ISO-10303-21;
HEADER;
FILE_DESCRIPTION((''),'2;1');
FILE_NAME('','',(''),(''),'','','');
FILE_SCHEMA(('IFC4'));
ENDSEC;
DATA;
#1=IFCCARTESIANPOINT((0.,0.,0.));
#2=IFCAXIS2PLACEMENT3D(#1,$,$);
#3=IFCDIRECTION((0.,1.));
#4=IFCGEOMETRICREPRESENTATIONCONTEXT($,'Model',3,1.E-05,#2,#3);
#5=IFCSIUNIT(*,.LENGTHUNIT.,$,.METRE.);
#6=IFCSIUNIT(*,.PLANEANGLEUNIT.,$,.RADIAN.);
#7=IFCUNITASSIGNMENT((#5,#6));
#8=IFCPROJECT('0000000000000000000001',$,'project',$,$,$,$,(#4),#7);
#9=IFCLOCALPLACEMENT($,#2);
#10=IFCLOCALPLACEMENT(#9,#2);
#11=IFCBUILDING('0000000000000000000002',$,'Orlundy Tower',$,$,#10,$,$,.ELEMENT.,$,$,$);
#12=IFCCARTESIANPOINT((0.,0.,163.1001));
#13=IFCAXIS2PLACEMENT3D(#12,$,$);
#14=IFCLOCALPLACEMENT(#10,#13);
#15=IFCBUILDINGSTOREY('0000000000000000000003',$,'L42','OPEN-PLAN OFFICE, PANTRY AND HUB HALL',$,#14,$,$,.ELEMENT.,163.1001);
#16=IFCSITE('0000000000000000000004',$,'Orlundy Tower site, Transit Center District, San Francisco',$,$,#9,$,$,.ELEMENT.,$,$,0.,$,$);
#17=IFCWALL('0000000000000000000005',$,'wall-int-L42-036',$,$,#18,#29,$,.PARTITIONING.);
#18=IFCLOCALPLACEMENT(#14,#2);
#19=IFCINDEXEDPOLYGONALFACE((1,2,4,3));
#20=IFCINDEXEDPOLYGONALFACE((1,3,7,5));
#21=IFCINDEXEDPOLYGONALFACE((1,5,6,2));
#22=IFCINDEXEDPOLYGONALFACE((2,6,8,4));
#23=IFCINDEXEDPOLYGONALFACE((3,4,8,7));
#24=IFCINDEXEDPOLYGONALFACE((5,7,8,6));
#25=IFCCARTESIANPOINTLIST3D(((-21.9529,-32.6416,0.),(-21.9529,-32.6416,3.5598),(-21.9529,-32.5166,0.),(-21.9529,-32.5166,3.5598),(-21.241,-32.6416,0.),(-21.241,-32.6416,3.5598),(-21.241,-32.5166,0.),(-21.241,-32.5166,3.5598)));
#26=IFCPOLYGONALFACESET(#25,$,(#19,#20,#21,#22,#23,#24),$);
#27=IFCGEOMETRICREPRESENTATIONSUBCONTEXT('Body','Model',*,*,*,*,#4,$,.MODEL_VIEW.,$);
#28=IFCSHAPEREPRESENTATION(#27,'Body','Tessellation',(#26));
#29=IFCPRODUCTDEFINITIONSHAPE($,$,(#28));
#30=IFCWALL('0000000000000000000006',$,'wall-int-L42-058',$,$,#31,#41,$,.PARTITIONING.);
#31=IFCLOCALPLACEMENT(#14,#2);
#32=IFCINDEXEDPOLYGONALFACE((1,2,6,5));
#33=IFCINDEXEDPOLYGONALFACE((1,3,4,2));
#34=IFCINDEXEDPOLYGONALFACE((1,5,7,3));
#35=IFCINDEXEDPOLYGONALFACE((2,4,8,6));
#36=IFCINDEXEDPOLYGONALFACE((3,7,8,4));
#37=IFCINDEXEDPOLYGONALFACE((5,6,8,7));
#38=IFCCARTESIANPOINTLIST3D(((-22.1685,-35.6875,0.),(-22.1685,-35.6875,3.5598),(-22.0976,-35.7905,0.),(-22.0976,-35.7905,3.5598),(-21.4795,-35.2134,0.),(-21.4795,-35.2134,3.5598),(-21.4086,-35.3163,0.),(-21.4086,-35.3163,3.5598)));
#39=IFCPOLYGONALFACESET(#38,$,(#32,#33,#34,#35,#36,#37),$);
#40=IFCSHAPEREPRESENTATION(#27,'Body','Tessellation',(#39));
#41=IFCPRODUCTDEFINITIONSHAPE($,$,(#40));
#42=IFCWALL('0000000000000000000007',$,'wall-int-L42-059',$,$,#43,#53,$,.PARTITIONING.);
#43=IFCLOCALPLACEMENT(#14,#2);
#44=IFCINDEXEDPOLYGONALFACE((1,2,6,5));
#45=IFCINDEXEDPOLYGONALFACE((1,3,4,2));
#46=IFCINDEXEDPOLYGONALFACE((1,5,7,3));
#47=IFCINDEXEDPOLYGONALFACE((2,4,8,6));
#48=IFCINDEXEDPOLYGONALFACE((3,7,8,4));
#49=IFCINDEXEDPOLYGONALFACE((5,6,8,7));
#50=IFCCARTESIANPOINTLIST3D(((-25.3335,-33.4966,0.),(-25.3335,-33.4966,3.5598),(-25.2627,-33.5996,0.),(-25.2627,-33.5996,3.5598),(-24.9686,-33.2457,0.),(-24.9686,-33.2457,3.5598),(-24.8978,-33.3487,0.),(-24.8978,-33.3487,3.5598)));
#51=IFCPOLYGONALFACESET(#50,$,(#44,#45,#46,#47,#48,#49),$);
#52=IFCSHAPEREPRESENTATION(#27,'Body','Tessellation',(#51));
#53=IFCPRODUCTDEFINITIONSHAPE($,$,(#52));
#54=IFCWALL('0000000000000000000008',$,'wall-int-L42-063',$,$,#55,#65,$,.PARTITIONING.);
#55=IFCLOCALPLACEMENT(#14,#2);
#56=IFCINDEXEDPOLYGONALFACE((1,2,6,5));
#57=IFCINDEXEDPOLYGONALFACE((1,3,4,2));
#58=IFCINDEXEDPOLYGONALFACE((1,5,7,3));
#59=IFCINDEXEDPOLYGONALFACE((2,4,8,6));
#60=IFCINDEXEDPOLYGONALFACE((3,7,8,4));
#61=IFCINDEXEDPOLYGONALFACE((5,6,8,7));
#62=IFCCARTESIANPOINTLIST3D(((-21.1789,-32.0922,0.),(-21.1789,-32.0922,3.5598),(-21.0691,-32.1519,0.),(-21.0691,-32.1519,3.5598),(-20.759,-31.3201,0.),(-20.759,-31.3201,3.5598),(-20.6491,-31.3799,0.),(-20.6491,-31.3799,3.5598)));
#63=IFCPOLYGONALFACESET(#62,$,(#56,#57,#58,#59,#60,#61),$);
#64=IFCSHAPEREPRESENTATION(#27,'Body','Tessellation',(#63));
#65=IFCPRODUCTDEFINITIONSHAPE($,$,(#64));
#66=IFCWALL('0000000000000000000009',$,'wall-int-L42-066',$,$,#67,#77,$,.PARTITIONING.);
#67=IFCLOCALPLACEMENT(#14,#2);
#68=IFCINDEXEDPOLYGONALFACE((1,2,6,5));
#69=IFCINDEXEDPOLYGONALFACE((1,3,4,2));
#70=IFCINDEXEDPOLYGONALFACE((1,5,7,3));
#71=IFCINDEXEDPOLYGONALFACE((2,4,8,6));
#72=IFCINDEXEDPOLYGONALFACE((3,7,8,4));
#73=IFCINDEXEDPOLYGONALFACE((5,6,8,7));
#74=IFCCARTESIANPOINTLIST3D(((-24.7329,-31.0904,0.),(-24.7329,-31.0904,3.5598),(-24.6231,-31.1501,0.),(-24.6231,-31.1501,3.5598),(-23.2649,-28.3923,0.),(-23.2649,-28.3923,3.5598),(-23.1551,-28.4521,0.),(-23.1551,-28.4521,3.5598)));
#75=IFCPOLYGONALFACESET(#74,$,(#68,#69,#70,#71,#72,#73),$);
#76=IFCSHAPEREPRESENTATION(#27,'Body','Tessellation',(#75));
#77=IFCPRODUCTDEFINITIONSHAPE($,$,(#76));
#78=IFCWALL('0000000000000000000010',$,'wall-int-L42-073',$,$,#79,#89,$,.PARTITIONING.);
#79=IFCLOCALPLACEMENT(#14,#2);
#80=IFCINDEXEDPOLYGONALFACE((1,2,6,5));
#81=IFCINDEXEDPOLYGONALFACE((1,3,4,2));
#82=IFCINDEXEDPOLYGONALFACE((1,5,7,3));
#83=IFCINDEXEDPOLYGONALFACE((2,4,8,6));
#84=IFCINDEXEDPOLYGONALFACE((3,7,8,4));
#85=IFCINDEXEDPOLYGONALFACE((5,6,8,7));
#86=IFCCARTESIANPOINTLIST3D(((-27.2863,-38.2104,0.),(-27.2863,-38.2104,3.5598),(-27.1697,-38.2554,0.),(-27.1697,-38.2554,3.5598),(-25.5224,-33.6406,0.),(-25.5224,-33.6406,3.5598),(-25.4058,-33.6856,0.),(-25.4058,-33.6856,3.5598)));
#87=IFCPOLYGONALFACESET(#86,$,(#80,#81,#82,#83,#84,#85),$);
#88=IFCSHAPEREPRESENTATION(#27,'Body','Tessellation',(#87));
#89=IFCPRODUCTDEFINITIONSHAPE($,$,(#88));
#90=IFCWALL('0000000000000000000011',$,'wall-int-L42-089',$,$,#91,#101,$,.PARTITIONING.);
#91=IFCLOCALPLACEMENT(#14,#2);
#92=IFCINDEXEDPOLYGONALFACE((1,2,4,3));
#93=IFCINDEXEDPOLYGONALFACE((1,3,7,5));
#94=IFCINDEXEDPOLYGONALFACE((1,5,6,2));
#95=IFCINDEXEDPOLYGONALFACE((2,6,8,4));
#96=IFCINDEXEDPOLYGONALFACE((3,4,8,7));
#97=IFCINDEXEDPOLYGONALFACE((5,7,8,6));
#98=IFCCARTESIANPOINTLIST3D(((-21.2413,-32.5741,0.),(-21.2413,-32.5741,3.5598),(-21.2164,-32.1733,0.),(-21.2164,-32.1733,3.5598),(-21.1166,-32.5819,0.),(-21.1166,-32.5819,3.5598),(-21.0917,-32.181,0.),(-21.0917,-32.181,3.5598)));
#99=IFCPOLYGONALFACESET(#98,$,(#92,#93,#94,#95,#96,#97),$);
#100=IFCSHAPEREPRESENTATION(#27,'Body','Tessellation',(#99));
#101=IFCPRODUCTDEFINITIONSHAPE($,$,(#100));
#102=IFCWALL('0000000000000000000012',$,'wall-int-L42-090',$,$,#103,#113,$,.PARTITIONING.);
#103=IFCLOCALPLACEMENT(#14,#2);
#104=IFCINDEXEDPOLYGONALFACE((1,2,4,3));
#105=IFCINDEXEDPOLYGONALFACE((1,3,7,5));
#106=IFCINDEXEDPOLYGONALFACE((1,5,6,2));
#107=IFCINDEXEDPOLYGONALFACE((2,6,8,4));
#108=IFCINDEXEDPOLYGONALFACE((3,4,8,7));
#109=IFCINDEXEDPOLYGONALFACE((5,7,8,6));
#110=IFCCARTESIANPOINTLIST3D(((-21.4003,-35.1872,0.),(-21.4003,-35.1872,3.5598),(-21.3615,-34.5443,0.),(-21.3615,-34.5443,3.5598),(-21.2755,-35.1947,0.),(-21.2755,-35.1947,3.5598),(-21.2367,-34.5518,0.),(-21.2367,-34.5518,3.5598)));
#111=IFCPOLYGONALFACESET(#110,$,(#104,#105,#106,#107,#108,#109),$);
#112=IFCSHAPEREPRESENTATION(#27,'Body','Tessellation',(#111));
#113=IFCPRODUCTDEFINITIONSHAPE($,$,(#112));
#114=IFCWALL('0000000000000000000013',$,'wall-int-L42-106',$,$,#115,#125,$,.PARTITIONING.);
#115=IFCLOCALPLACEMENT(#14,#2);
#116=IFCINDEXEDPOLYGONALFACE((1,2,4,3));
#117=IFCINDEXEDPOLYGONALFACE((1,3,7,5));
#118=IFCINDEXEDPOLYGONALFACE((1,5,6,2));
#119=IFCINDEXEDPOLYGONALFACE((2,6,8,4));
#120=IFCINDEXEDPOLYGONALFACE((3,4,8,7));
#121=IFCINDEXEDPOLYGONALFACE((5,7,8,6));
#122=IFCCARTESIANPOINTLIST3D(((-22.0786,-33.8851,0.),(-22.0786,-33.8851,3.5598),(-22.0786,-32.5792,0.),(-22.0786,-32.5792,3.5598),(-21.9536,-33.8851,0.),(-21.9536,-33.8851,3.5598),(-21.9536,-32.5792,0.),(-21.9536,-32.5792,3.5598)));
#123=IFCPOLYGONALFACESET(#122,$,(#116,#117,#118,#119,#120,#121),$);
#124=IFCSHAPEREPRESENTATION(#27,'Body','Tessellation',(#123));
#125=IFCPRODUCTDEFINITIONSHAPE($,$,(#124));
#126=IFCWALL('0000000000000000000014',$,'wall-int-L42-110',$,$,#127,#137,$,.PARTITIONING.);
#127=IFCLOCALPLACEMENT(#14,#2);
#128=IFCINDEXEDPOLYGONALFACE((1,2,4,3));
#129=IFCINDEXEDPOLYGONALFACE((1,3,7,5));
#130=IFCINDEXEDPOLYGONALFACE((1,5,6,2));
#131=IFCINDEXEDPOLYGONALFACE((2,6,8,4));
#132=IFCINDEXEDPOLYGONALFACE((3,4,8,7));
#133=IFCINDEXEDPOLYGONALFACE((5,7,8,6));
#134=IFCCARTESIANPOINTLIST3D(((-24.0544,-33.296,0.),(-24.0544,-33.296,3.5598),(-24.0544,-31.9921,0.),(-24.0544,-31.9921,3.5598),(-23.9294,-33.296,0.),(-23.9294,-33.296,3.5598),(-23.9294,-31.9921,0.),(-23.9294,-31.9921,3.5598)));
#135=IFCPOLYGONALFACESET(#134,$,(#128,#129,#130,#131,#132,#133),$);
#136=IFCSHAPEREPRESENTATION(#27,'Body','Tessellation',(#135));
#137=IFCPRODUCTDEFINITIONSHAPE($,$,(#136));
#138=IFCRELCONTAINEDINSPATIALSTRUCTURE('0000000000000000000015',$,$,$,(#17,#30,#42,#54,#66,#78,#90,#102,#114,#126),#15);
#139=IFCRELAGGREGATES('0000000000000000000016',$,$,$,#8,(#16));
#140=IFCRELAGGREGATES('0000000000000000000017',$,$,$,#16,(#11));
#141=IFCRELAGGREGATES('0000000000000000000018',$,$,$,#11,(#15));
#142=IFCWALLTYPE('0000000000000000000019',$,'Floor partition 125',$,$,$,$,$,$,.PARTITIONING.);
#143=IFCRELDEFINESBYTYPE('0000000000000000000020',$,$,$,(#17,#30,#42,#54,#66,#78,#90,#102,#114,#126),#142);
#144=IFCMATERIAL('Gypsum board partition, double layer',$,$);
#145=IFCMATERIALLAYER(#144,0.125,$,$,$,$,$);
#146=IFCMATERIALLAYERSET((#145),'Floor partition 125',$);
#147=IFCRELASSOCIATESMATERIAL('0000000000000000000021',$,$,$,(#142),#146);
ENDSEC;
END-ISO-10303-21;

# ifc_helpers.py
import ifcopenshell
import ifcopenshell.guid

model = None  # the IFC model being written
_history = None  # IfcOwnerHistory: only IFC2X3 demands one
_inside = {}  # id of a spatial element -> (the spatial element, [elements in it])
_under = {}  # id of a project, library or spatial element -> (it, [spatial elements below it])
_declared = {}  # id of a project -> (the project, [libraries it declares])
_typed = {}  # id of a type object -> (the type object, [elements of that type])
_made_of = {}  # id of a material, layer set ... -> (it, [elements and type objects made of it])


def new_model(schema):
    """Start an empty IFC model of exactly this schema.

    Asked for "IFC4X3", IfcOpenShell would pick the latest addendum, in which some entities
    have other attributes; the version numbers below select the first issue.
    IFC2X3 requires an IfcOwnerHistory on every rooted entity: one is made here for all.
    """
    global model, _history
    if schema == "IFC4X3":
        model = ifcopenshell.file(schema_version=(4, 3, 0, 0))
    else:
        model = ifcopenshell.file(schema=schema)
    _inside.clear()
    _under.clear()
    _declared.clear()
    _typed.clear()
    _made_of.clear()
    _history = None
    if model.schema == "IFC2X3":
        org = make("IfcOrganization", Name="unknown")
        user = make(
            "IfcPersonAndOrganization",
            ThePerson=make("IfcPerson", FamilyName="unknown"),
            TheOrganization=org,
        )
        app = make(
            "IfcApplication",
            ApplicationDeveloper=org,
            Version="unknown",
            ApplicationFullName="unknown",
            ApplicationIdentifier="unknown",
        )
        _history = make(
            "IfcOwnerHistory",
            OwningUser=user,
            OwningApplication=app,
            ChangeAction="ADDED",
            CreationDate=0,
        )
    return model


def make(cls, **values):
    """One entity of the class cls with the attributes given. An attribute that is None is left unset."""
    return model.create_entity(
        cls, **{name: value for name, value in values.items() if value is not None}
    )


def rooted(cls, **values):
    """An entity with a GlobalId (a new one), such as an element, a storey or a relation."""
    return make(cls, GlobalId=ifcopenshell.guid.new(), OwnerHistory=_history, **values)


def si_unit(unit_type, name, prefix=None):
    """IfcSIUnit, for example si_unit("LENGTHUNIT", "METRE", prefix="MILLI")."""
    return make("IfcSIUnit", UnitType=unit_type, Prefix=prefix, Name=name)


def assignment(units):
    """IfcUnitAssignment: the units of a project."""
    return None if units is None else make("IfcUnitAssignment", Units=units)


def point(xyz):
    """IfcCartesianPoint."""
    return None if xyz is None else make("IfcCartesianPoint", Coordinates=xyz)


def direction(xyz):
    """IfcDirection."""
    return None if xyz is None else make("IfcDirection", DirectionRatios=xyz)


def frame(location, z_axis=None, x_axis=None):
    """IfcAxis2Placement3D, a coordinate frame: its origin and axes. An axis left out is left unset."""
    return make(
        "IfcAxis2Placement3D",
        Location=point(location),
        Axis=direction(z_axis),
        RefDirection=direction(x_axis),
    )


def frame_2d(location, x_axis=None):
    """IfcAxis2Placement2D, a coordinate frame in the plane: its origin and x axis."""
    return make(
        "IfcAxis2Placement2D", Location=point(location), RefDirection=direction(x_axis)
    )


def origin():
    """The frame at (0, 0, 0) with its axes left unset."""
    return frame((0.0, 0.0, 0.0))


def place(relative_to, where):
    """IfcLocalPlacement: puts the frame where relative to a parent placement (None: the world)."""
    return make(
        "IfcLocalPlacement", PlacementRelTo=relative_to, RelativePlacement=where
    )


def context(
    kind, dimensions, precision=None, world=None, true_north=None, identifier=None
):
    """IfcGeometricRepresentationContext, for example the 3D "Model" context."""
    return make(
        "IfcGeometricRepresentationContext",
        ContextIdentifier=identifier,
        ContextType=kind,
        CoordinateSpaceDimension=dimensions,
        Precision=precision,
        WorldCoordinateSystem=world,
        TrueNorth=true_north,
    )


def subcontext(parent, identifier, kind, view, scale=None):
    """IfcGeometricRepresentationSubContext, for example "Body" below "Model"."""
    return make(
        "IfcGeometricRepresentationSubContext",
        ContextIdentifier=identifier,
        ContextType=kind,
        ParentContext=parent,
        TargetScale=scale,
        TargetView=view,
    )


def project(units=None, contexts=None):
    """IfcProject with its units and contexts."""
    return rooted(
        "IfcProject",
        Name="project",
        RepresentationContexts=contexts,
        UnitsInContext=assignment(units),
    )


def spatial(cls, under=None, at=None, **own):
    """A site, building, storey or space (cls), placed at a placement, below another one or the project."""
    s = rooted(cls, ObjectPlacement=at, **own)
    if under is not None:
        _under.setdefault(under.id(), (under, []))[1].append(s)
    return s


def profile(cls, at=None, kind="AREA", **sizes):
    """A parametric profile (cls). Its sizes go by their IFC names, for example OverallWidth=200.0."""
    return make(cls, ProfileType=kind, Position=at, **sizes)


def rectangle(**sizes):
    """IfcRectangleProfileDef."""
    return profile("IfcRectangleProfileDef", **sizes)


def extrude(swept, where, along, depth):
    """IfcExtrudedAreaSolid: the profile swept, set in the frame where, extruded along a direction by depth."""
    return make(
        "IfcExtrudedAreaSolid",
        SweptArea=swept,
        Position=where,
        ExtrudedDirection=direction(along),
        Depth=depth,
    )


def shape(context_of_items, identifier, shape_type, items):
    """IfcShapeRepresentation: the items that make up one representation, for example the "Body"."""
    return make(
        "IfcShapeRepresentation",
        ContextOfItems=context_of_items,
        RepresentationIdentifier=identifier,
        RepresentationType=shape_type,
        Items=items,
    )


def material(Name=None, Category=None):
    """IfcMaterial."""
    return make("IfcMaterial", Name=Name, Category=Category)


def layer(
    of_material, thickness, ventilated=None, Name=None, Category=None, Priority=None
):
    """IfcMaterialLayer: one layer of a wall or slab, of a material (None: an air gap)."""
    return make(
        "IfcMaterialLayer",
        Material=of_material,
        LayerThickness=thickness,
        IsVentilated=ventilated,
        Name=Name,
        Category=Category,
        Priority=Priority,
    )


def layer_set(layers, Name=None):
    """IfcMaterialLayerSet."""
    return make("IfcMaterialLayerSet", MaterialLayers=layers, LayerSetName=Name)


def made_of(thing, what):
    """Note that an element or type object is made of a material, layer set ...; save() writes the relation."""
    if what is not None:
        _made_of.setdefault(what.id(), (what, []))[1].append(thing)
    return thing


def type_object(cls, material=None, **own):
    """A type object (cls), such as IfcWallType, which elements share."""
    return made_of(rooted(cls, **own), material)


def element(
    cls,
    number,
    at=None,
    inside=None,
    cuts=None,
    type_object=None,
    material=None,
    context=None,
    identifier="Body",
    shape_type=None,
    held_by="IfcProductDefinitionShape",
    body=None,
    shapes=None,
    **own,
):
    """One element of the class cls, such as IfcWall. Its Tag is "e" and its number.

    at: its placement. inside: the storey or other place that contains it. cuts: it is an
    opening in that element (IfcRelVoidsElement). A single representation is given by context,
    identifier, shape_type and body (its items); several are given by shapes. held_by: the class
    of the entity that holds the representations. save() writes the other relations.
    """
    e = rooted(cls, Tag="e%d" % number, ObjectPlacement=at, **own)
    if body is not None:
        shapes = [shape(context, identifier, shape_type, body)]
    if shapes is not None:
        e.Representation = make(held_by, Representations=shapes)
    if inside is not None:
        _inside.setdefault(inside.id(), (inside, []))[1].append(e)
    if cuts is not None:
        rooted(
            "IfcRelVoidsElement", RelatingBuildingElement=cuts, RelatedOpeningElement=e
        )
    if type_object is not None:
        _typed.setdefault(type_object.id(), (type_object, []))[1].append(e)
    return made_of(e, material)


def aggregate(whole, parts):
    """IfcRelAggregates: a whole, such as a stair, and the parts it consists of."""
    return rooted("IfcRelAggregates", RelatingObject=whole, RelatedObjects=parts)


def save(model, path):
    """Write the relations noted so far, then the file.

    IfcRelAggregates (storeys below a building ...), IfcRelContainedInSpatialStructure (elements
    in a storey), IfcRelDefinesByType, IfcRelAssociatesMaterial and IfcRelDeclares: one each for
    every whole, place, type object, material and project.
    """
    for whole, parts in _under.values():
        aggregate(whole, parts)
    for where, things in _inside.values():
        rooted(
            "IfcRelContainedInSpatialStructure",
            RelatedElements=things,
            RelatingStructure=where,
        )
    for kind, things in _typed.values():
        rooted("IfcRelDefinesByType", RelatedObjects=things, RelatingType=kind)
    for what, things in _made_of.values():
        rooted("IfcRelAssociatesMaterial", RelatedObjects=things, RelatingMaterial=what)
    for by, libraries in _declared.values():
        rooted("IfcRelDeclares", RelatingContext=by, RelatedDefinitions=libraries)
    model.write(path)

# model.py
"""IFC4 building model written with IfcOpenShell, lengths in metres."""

from ifc_helpers import new_model, si_unit, direction, frame, frame_2d, origin, place, context, subcontext, project, spatial, rectangle, extrude, material, layer, layer_set, type_object, element, save


model = new_model("IFC4")

# Units and contexts
model_context = context("Model", 3, precision=1e-05, world=origin(), true_north=direction((0.0, 1.0)))
body_context = subcontext(model_context, "Body", "Model", "MODEL_VIEW")
ifc_project = project(units=[si_unit("LENGTHUNIT", "METRE"), si_unit("PLANEANGLEUNIT", "RADIAN")], contexts=[model_context])

# Site, building, storey
site_placement = place(None, origin())
site = spatial("IfcSite", under=ifc_project, at=site_placement, Name="Orlundy Tower site, Transit Center District, San Francisco", CompositionType="ELEMENT", RefElevation=0.0)
building_placement = place(site_placement, origin())
building = spatial("IfcBuilding", under=site, at=building_placement, Name="Orlundy Tower", CompositionType="ELEMENT")
storey_placement = place(building_placement, frame((0.0, 0.0, 163.1001)))
storey = spatial("IfcBuildingStorey", under=building, at=storey_placement, Name="L42", Description="OPEN-PLAN OFFICE, PANTRY AND HUB HALL", CompositionType="ELEMENT", Elevation=163.1001)

# Walls
ifc_material_1 = material(Name="Gypsum board partition, double layer")
ifc_layer_1 = layer(ifc_material_1, 0.125)
ifc_layer_set_1 = layer_set([ifc_layer_1], Name="Floor partition 125")
wall_type_1 = type_object("IfcWallType", Name="Floor partition 125", PredefinedType="PARTITIONING", material=ifc_layer_set_1)
wall_1_placement = place(storey_placement, frame((-21.9529, -32.5791, 0.0), z_axis=(0.0, 0.0, 1.0), x_axis=(1.0, 0.0, 0.0)))
element("IfcWall", 1, at=wall_1_placement, inside=storey, type_object=wall_type_1, Name="wall-int-L42-036", PredefinedType="PARTITIONING", context=body_context, shape_type="SweptSolid", body=[
    extrude(rectangle(XDim=0.7119, YDim=0.125, at=frame_2d((0.356, 0.0))), origin(), (0.0, 0.0, 1.0), 3.5598),
])
wall_2_placement = place(storey_placement, frame((-22.1331, -35.739, 0.0), z_axis=(0.0, 0.0, 1.0), x_axis=(0.823786, 0.5669, 0.0)))
element("IfcWall", 2, at=wall_2_placement, inside=storey, type_object=wall_type_1, Name="wall-int-L42-058", PredefinedType="PARTITIONING", context=body_context, shape_type="SweptSolid", body=[
    extrude(rectangle(XDim=0.8364, YDim=0.125, at=frame_2d((0.4182, 0.0))), origin(), (0.0, 0.0, 1.0), 3.5598),
])
wall_3_placement = place(storey_placement, frame((-25.2981, -33.5481, 0.0), z_axis=(0.0, 0.0, 1.0), x_axis=(0.823994, 0.566599, 0.0)))
element("IfcWall", 3, at=wall_3_placement, inside=storey, type_object=wall_type_1, Name="wall-int-L42-059", PredefinedType="PARTITIONING", context=body_context, shape_type="SweptSolid", body=[
    extrude(rectangle(XDim=0.4429, YDim=0.125, at=frame_2d((0.2214, 0.0))), origin(), (0.0, 0.0, 1.0), 3.5598),
])
wall_4_placement = place(storey_placement, frame((-21.124, -32.1221, 0.0), z_axis=(0.0, 0.0, 1.0), x_axis=(0.47784, 0.878447, 0.0)))
element("IfcWall", 4, at=wall_4_placement, inside=storey, type_object=wall_type_1, Name="wall-int-L42-063", PredefinedType="PARTITIONING", context=body_context, shape_type="SweptSolid", body=[
    extrude(rectangle(XDim=0.8789, YDim=0.125, at=frame_2d((0.4395, 0.0))), origin(), (0.0, 0.0, 1.0), 3.5598),
])
wall_5_placement = place(storey_placement, frame((-24.678, -31.1201, 0.0), z_axis=(0.0, 0.0, 1.0), x_axis=(0.477944, 0.87839, 0.0)))
element("IfcWall", 5, at=wall_5_placement, inside=storey, type_object=wall_type_1, Name="wall-int-L42-066", PredefinedType="PARTITIONING", context=body_context, shape_type="SweptSolid", body=[
    extrude(rectangle(XDim=3.0715, YDim=0.125, at=frame_2d((1.5356, 0.0))), origin(), (0.0, 0.0, 1.0), 3.5598),
])
wall_6_placement = place(storey_placement, frame((-25.4641, -33.6631, 0.0), z_axis=(0.0, 0.0, 1.0), x_axis=(-0.360098, -0.932915, 0.0)))
element("IfcWall", 6, at=wall_6_placement, inside=storey, type_object=wall_type_1, Name="wall-int-L42-073", PredefinedType="PARTITIONING", context=body_context, shape_type="SweptSolid", body=[
    extrude(rectangle(XDim=4.8984, YDim=0.125, at=frame_2d((2.4492, 0.0))), origin(), (0.0, 0.0, 1.0), 3.5598),
])
wall_7_placement = place(storey_placement, frame((-21.179, -32.5779, 0.0), z_axis=(0.0, 0.0, 1.0), x_axis=(0.062, 0.998076, 0.0)))
element("IfcWall", 7, at=wall_7_placement, inside=storey, type_object=wall_type_1, Name="wall-int-L42-089", PredefinedType="PARTITIONING", context=body_context, shape_type="SweptSolid", body=[
    extrude(rectangle(XDim=0.4016, YDim=0.125, at=frame_2d((0.2007, 0.0))), origin(), (0.0, 0.0, 1.0), 3.5598),
])
wall_8_placement = place(storey_placement, frame((-21.3379, -35.1909, 0.0), z_axis=(0.0, 0.0, 1.0), x_axis=(0.060278, 0.998182, 0.0)))
element("IfcWall", 8, at=wall_8_placement, inside=storey, type_object=wall_type_1, Name="wall-int-L42-090", PredefinedType="PARTITIONING", context=body_context, shape_type="SweptSolid", body=[
    extrude(rectangle(XDim=0.644, YDim=0.125, at=frame_2d((0.322, 0.0))), origin(), (0.0, 0.0, 1.0), 3.5598),
])
wall_9_placement = place(storey_placement, frame((-22.0161, -33.885, 0.0), z_axis=(0.0, 0.0, 1.0), x_axis=(0.0, 1.0, 0.0)))
element("IfcWall", 9, at=wall_9_placement, inside=storey, type_object=wall_type_1, Name="wall-int-L42-106", PredefinedType="PARTITIONING", context=body_context, shape_type="SweptSolid", body=[
    extrude(rectangle(XDim=1.3059, YDim=0.125, at=frame_2d((0.6528, 0.0))), origin(), (0.0, 0.0, 1.0), 3.5598),
])
wall_10_placement = place(storey_placement, frame((-23.9919, -33.2959, 0.0), z_axis=(0.0, 0.0, 1.0), x_axis=(0.0, 1.0, 0.0)))
element("IfcWall", 10, at=wall_10_placement, inside=storey, type_object=wall_type_1, Name="wall-int-L42-110", PredefinedType="PARTITIONING", context=body_context, shape_type="SweptSolid", body=[
    extrude(rectangle(XDim=1.304, YDim=0.125, at=frame_2d((0.6519, 0.0))), origin(), (0.0, 0.0, 1.0), 3.5598),
])

save(model, "model.ifc")
